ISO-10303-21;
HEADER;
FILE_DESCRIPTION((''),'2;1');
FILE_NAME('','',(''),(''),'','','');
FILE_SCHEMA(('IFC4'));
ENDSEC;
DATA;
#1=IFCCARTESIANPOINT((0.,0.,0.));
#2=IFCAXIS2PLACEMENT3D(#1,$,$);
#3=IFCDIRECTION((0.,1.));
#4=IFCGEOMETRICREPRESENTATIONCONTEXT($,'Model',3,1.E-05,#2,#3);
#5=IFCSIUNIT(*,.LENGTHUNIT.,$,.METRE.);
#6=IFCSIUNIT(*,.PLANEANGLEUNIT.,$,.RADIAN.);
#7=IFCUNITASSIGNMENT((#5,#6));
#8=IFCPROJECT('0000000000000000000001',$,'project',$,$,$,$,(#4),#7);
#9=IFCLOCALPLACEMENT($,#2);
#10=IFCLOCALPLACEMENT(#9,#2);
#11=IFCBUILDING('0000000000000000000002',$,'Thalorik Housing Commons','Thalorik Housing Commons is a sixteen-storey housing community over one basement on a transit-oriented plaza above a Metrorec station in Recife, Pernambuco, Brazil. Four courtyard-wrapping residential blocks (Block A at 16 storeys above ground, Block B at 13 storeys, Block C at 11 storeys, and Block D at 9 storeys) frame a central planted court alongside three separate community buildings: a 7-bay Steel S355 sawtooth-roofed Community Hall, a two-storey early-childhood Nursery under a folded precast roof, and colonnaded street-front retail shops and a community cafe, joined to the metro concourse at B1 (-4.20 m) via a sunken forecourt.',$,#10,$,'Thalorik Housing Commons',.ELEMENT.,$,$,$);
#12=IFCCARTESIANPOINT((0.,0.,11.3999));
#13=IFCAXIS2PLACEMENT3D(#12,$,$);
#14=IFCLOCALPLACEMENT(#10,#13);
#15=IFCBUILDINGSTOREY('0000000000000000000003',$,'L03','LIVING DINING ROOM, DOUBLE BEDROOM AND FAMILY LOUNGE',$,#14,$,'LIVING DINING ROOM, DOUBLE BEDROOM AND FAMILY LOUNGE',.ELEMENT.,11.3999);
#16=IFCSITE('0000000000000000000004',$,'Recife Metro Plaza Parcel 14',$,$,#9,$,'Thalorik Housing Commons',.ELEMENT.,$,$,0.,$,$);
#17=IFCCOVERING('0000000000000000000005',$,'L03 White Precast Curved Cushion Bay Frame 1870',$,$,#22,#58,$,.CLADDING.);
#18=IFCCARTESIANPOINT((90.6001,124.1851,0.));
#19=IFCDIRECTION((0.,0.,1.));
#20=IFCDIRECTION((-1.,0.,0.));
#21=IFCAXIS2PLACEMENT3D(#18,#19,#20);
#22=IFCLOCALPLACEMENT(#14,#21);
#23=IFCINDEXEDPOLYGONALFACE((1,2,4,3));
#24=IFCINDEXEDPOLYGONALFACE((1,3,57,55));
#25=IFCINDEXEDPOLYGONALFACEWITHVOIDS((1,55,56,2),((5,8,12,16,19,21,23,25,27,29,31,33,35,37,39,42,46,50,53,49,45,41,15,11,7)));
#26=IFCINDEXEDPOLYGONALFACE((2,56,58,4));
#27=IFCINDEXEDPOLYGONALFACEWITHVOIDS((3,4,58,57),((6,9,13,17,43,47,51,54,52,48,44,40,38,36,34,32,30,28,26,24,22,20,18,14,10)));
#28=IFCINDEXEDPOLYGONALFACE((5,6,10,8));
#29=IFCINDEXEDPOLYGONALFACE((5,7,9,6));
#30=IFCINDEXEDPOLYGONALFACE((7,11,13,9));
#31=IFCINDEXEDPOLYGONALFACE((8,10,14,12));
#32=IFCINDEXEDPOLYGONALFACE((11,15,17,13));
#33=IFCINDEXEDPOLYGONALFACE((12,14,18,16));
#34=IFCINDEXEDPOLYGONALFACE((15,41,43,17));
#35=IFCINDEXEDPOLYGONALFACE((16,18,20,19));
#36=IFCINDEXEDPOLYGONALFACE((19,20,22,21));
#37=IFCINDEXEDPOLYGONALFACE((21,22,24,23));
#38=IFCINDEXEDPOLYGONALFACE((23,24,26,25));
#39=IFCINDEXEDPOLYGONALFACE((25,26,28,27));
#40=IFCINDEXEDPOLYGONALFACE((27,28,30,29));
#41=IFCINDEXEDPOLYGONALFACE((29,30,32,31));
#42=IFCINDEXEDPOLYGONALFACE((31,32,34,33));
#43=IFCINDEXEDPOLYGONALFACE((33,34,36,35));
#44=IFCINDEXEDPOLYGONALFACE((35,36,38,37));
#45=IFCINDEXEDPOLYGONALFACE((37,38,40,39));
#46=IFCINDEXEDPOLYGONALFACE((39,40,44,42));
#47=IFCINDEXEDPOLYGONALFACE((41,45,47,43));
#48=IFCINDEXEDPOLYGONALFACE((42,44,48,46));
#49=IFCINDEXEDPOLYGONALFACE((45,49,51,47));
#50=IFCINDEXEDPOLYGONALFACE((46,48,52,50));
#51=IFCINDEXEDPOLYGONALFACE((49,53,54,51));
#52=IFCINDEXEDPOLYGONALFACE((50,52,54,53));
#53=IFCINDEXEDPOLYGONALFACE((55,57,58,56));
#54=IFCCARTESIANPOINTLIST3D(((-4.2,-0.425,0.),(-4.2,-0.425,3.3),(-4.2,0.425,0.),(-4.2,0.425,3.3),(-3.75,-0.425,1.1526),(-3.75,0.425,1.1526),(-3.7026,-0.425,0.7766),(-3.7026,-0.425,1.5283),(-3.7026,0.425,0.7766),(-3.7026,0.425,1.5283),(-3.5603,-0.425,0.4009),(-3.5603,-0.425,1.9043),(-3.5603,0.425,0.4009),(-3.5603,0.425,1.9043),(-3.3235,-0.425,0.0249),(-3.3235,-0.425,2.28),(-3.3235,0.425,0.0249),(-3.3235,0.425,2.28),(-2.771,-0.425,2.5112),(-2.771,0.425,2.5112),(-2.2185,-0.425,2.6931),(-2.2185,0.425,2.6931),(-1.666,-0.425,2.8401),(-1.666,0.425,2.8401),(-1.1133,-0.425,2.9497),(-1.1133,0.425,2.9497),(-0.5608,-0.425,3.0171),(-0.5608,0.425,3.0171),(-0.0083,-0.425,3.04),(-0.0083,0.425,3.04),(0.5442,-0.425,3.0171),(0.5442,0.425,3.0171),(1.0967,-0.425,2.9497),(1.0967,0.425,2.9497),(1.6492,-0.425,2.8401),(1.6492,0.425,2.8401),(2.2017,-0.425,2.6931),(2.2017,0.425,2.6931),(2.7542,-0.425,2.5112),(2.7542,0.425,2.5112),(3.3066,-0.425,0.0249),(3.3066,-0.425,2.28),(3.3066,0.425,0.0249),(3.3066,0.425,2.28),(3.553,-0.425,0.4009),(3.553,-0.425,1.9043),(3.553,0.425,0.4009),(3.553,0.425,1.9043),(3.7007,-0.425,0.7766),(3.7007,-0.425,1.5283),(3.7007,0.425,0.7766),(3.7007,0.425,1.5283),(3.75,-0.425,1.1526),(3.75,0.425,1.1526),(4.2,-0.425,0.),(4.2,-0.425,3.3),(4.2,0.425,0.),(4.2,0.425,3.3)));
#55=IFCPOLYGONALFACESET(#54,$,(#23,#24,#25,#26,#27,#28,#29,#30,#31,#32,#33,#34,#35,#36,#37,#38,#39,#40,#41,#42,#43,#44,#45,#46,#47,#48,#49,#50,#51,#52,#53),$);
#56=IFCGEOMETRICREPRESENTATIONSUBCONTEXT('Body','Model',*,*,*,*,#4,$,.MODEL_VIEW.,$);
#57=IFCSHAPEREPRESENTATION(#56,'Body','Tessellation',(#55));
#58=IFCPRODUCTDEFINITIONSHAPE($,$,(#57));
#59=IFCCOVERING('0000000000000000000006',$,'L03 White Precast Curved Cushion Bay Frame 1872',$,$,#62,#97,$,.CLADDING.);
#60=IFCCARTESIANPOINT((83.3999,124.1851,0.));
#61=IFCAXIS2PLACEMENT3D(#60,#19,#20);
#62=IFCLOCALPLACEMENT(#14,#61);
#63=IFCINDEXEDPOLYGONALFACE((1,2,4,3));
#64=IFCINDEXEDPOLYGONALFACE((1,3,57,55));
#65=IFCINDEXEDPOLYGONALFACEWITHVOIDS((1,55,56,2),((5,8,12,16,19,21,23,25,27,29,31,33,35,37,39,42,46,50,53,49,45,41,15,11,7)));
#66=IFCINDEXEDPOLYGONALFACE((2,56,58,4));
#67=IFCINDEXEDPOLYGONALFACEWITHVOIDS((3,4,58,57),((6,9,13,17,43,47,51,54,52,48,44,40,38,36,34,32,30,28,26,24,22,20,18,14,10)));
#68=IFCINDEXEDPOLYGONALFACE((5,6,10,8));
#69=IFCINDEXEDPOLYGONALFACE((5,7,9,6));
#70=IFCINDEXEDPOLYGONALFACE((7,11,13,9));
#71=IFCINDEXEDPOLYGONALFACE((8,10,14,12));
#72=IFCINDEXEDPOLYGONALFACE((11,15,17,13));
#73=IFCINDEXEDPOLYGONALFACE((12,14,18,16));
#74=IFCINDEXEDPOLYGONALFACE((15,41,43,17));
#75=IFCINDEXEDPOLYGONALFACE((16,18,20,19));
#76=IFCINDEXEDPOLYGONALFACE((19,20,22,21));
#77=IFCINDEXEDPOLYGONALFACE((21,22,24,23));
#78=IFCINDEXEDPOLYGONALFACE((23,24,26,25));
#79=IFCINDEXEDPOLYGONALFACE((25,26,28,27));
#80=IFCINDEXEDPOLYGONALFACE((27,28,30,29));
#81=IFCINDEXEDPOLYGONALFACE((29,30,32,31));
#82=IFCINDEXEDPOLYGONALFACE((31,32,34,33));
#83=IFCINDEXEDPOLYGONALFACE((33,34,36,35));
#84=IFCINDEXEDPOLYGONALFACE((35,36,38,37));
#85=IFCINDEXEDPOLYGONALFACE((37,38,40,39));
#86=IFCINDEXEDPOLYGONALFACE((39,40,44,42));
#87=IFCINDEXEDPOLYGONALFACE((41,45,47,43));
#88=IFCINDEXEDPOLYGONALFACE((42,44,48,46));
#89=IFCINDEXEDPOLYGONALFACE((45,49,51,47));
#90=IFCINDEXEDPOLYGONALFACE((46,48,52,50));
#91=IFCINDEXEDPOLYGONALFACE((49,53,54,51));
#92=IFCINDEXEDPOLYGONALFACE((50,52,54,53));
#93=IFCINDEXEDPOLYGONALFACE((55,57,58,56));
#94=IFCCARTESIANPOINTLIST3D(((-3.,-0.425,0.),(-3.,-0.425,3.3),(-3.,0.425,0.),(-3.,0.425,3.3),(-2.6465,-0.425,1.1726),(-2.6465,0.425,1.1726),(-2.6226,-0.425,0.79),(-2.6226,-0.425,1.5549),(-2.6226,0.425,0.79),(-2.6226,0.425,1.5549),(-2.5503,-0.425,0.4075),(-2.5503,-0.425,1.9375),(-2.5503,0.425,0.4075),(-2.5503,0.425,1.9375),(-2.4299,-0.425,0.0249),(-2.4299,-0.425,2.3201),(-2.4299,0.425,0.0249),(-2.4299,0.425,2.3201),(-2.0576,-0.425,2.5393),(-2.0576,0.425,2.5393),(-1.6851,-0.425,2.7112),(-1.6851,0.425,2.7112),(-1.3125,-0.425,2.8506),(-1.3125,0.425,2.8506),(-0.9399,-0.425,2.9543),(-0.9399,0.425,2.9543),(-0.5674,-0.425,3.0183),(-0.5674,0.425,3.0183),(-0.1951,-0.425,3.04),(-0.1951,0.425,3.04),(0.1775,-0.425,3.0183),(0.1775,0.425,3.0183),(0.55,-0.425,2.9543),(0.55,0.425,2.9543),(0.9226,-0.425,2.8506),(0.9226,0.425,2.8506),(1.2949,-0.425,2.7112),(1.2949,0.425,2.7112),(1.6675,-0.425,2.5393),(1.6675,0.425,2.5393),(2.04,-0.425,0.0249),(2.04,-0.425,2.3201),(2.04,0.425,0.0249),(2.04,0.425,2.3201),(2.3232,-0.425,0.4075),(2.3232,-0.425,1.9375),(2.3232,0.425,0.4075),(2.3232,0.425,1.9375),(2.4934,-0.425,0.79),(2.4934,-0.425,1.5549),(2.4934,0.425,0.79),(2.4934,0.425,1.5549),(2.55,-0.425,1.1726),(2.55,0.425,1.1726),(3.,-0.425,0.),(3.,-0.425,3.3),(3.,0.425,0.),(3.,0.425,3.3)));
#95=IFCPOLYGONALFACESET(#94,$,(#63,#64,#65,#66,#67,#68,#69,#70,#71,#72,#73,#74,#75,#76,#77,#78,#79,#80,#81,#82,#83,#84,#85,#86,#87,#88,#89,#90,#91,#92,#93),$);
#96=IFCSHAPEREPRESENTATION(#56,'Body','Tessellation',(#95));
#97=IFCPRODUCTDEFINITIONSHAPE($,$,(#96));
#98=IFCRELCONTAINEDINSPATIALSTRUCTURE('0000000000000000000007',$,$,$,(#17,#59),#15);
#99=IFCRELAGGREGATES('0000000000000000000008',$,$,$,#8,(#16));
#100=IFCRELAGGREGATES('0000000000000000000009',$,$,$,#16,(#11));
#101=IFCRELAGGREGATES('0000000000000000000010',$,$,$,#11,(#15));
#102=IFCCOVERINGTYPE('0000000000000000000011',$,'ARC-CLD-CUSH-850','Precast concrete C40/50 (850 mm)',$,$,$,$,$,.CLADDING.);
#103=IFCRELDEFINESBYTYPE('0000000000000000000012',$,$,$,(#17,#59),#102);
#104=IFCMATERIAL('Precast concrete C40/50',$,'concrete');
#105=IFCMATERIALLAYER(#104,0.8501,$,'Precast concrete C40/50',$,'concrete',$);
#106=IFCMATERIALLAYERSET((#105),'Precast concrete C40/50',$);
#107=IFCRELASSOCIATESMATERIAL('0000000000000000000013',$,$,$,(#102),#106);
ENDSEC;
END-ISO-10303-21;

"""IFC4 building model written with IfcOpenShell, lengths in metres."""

from ifc_helpers import new_model, si_unit, direction, frame, origin, place, context, subcontext, project, spatial, polyline, outline, extrude, material, layer, layer_set, type_object, element, save


model = new_model("IFC4")

# Units and contexts
model_context = context("Model", 3, precision=1e-05, world=origin(), true_north=direction((0.0, 1.0)))
body_context = subcontext(model_context, "Body", "Model", "MODEL_VIEW")
ifc_project = project(units=[si_unit("LENGTHUNIT", "METRE"), si_unit("PLANEANGLEUNIT", "RADIAN")], contexts=[model_context])

# Site, building, storey
site_placement = place(None, origin())
site = spatial("IfcSite", under=ifc_project, at=site_placement, Name="Recife Metro Plaza Parcel 14", LongName="Thalorik Housing Commons", CompositionType="ELEMENT", RefElevation=0.0)
building_placement = place(site_placement, origin())
building = spatial("IfcBuilding", under=site, at=building_placement, Name="Thalorik Housing Commons", Description="Thalorik Housing Commons is a sixteen-storey housing community over one basement on a transit-oriented plaza above a Metrorec station in Recife, Pernambuco, Brazil. Four courtyard-wrapping residential blocks (Block A at 16 storeys above ground, Block B at 13 storeys, Block C at 11 storeys, and Block D at 9 storeys) frame a central planted court alongside three separate community buildings: a 7-bay Steel S355 sawtooth-roofed Community Hall, a two-storey early-childhood Nursery under a folded precast roof, and colonnaded street-front retail shops and a community cafe, joined to the metro concourse at B1 (-4.20 m) via a sunken forecourt.", LongName="Thalorik Housing Commons", CompositionType="ELEMENT")
storey_placement = place(building_placement, frame((0.0, 0.0, 11.3999)))
storey = spatial("IfcBuildingStorey", under=building, at=storey_placement, Name="L03", Description="LIVING DINING ROOM, DOUBLE BEDROOM AND FAMILY LOUNGE", LongName="LIVING DINING ROOM, DOUBLE BEDROOM AND FAMILY LOUNGE", CompositionType="ELEMENT", Elevation=11.3999)

# Shared definitions
ifc_material_1 = material(Name="Precast concrete C40/50", Category="concrete")

# Coverings
ifc_layer_1 = layer(ifc_material_1, 0.8501, Name="Precast concrete C40/50", Category="concrete")
ifc_layer_set_1 = layer_set([ifc_layer_1], Name="Precast concrete C40/50")
covering_type = type_object("IfcCoveringType", Name="ARC-CLD-CUSH-850", Description="Precast concrete C40/50 (850 mm)", PredefinedType="CLADDING", material=ifc_layer_set_1)
covering_1_placement = place(storey_placement, frame((90.6001, 124.1851, 0.0), z_axis=(0.0, 0.0, 1.0), x_axis=(-1.0, 0.0, 0.0)))
element("IfcCovering", 1, at=covering_1_placement, inside=storey, type_object=covering_type, Name="L03 White Precast Curved Cushion Bay Frame 1870", PredefinedType="CLADDING", context=body_context, shape_type="SweptSolid", body=[
    extrude(outline(polyline([(-4.2, 0.0), (4.2, 0.0), (4.2, 3.3), (-4.2, 3.3), (-4.2, 0.0)]), holes=[polyline([(3.3066, 0.0249), (3.553, 0.4009), (3.7007, 0.7766), (3.75, 1.1526), (3.7007, 1.5283), (3.553, 1.9043), (3.3066, 2.28), (2.7542, 2.5112), (2.2017, 2.6931), (1.6492, 2.8401), (1.0967, 2.9497), (0.5442, 3.0171), (-0.0083, 3.04), (-0.5608, 3.0171), (-1.1133, 2.9497), (-1.666, 2.8401), (-2.2185, 2.6931), (-2.771, 2.5112), (-3.3235, 2.28), (-3.5603, 1.9043), (-3.7026, 1.5283), (-3.75, 1.1526), (-3.7026, 0.7766), (-3.5603, 0.4009), (-3.3235, 0.0249), (3.3066, 0.0249)])]), frame((0.0, 0.425, 0.0), z_axis=(0.0, -1.0, 0.0), x_axis=(1.0, 0.0, 0.0)), (0.0, 0.0, 1.0), 0.8501),
])
covering_2_placement = place(storey_placement, frame((83.3999, 124.1851, 0.0), z_axis=(0.0, 0.0, 1.0), x_axis=(-1.0, 0.0, 0.0)))
element("IfcCovering", 2, at=covering_2_placement, inside=storey, type_object=covering_type, Name="L03 White Precast Curved Cushion Bay Frame 1872", PredefinedType="CLADDING", context=body_context, shape_type="SweptSolid", body=[
    extrude(outline(polyline([(-3.0, 0.0), (3.0, 0.0), (3.0, 3.3), (-3.0, 3.3), (-3.0, 0.0)]), holes=[polyline([(2.04, 0.0249), (2.3232, 0.4075), (2.4934, 0.79), (2.55, 1.1726), (2.4934, 1.5549), (2.3232, 1.9375), (2.04, 2.3201), (1.6675, 2.5393), (1.2949, 2.7112), (0.9226, 2.8506), (0.55, 2.9543), (0.1775, 3.0183), (-0.1951, 3.04), (-0.5674, 3.0183), (-0.9399, 2.9543), (-1.3125, 2.8506), (-1.6851, 2.7112), (-2.0576, 2.5393), (-2.4299, 2.3201), (-2.5503, 1.9375), (-2.6226, 1.5549), (-2.6465, 1.1726), (-2.6226, 0.79), (-2.5503, 0.4075), (-2.4299, 0.0249), (2.04, 0.0249)])]), frame((0.0, 0.425, 0.0), z_axis=(0.0, -1.0, 0.0), x_axis=(1.0, 0.0, 0.0)), (0.0, 0.0, 1.0), 0.8501),
])

save(model, "model.ifc")
